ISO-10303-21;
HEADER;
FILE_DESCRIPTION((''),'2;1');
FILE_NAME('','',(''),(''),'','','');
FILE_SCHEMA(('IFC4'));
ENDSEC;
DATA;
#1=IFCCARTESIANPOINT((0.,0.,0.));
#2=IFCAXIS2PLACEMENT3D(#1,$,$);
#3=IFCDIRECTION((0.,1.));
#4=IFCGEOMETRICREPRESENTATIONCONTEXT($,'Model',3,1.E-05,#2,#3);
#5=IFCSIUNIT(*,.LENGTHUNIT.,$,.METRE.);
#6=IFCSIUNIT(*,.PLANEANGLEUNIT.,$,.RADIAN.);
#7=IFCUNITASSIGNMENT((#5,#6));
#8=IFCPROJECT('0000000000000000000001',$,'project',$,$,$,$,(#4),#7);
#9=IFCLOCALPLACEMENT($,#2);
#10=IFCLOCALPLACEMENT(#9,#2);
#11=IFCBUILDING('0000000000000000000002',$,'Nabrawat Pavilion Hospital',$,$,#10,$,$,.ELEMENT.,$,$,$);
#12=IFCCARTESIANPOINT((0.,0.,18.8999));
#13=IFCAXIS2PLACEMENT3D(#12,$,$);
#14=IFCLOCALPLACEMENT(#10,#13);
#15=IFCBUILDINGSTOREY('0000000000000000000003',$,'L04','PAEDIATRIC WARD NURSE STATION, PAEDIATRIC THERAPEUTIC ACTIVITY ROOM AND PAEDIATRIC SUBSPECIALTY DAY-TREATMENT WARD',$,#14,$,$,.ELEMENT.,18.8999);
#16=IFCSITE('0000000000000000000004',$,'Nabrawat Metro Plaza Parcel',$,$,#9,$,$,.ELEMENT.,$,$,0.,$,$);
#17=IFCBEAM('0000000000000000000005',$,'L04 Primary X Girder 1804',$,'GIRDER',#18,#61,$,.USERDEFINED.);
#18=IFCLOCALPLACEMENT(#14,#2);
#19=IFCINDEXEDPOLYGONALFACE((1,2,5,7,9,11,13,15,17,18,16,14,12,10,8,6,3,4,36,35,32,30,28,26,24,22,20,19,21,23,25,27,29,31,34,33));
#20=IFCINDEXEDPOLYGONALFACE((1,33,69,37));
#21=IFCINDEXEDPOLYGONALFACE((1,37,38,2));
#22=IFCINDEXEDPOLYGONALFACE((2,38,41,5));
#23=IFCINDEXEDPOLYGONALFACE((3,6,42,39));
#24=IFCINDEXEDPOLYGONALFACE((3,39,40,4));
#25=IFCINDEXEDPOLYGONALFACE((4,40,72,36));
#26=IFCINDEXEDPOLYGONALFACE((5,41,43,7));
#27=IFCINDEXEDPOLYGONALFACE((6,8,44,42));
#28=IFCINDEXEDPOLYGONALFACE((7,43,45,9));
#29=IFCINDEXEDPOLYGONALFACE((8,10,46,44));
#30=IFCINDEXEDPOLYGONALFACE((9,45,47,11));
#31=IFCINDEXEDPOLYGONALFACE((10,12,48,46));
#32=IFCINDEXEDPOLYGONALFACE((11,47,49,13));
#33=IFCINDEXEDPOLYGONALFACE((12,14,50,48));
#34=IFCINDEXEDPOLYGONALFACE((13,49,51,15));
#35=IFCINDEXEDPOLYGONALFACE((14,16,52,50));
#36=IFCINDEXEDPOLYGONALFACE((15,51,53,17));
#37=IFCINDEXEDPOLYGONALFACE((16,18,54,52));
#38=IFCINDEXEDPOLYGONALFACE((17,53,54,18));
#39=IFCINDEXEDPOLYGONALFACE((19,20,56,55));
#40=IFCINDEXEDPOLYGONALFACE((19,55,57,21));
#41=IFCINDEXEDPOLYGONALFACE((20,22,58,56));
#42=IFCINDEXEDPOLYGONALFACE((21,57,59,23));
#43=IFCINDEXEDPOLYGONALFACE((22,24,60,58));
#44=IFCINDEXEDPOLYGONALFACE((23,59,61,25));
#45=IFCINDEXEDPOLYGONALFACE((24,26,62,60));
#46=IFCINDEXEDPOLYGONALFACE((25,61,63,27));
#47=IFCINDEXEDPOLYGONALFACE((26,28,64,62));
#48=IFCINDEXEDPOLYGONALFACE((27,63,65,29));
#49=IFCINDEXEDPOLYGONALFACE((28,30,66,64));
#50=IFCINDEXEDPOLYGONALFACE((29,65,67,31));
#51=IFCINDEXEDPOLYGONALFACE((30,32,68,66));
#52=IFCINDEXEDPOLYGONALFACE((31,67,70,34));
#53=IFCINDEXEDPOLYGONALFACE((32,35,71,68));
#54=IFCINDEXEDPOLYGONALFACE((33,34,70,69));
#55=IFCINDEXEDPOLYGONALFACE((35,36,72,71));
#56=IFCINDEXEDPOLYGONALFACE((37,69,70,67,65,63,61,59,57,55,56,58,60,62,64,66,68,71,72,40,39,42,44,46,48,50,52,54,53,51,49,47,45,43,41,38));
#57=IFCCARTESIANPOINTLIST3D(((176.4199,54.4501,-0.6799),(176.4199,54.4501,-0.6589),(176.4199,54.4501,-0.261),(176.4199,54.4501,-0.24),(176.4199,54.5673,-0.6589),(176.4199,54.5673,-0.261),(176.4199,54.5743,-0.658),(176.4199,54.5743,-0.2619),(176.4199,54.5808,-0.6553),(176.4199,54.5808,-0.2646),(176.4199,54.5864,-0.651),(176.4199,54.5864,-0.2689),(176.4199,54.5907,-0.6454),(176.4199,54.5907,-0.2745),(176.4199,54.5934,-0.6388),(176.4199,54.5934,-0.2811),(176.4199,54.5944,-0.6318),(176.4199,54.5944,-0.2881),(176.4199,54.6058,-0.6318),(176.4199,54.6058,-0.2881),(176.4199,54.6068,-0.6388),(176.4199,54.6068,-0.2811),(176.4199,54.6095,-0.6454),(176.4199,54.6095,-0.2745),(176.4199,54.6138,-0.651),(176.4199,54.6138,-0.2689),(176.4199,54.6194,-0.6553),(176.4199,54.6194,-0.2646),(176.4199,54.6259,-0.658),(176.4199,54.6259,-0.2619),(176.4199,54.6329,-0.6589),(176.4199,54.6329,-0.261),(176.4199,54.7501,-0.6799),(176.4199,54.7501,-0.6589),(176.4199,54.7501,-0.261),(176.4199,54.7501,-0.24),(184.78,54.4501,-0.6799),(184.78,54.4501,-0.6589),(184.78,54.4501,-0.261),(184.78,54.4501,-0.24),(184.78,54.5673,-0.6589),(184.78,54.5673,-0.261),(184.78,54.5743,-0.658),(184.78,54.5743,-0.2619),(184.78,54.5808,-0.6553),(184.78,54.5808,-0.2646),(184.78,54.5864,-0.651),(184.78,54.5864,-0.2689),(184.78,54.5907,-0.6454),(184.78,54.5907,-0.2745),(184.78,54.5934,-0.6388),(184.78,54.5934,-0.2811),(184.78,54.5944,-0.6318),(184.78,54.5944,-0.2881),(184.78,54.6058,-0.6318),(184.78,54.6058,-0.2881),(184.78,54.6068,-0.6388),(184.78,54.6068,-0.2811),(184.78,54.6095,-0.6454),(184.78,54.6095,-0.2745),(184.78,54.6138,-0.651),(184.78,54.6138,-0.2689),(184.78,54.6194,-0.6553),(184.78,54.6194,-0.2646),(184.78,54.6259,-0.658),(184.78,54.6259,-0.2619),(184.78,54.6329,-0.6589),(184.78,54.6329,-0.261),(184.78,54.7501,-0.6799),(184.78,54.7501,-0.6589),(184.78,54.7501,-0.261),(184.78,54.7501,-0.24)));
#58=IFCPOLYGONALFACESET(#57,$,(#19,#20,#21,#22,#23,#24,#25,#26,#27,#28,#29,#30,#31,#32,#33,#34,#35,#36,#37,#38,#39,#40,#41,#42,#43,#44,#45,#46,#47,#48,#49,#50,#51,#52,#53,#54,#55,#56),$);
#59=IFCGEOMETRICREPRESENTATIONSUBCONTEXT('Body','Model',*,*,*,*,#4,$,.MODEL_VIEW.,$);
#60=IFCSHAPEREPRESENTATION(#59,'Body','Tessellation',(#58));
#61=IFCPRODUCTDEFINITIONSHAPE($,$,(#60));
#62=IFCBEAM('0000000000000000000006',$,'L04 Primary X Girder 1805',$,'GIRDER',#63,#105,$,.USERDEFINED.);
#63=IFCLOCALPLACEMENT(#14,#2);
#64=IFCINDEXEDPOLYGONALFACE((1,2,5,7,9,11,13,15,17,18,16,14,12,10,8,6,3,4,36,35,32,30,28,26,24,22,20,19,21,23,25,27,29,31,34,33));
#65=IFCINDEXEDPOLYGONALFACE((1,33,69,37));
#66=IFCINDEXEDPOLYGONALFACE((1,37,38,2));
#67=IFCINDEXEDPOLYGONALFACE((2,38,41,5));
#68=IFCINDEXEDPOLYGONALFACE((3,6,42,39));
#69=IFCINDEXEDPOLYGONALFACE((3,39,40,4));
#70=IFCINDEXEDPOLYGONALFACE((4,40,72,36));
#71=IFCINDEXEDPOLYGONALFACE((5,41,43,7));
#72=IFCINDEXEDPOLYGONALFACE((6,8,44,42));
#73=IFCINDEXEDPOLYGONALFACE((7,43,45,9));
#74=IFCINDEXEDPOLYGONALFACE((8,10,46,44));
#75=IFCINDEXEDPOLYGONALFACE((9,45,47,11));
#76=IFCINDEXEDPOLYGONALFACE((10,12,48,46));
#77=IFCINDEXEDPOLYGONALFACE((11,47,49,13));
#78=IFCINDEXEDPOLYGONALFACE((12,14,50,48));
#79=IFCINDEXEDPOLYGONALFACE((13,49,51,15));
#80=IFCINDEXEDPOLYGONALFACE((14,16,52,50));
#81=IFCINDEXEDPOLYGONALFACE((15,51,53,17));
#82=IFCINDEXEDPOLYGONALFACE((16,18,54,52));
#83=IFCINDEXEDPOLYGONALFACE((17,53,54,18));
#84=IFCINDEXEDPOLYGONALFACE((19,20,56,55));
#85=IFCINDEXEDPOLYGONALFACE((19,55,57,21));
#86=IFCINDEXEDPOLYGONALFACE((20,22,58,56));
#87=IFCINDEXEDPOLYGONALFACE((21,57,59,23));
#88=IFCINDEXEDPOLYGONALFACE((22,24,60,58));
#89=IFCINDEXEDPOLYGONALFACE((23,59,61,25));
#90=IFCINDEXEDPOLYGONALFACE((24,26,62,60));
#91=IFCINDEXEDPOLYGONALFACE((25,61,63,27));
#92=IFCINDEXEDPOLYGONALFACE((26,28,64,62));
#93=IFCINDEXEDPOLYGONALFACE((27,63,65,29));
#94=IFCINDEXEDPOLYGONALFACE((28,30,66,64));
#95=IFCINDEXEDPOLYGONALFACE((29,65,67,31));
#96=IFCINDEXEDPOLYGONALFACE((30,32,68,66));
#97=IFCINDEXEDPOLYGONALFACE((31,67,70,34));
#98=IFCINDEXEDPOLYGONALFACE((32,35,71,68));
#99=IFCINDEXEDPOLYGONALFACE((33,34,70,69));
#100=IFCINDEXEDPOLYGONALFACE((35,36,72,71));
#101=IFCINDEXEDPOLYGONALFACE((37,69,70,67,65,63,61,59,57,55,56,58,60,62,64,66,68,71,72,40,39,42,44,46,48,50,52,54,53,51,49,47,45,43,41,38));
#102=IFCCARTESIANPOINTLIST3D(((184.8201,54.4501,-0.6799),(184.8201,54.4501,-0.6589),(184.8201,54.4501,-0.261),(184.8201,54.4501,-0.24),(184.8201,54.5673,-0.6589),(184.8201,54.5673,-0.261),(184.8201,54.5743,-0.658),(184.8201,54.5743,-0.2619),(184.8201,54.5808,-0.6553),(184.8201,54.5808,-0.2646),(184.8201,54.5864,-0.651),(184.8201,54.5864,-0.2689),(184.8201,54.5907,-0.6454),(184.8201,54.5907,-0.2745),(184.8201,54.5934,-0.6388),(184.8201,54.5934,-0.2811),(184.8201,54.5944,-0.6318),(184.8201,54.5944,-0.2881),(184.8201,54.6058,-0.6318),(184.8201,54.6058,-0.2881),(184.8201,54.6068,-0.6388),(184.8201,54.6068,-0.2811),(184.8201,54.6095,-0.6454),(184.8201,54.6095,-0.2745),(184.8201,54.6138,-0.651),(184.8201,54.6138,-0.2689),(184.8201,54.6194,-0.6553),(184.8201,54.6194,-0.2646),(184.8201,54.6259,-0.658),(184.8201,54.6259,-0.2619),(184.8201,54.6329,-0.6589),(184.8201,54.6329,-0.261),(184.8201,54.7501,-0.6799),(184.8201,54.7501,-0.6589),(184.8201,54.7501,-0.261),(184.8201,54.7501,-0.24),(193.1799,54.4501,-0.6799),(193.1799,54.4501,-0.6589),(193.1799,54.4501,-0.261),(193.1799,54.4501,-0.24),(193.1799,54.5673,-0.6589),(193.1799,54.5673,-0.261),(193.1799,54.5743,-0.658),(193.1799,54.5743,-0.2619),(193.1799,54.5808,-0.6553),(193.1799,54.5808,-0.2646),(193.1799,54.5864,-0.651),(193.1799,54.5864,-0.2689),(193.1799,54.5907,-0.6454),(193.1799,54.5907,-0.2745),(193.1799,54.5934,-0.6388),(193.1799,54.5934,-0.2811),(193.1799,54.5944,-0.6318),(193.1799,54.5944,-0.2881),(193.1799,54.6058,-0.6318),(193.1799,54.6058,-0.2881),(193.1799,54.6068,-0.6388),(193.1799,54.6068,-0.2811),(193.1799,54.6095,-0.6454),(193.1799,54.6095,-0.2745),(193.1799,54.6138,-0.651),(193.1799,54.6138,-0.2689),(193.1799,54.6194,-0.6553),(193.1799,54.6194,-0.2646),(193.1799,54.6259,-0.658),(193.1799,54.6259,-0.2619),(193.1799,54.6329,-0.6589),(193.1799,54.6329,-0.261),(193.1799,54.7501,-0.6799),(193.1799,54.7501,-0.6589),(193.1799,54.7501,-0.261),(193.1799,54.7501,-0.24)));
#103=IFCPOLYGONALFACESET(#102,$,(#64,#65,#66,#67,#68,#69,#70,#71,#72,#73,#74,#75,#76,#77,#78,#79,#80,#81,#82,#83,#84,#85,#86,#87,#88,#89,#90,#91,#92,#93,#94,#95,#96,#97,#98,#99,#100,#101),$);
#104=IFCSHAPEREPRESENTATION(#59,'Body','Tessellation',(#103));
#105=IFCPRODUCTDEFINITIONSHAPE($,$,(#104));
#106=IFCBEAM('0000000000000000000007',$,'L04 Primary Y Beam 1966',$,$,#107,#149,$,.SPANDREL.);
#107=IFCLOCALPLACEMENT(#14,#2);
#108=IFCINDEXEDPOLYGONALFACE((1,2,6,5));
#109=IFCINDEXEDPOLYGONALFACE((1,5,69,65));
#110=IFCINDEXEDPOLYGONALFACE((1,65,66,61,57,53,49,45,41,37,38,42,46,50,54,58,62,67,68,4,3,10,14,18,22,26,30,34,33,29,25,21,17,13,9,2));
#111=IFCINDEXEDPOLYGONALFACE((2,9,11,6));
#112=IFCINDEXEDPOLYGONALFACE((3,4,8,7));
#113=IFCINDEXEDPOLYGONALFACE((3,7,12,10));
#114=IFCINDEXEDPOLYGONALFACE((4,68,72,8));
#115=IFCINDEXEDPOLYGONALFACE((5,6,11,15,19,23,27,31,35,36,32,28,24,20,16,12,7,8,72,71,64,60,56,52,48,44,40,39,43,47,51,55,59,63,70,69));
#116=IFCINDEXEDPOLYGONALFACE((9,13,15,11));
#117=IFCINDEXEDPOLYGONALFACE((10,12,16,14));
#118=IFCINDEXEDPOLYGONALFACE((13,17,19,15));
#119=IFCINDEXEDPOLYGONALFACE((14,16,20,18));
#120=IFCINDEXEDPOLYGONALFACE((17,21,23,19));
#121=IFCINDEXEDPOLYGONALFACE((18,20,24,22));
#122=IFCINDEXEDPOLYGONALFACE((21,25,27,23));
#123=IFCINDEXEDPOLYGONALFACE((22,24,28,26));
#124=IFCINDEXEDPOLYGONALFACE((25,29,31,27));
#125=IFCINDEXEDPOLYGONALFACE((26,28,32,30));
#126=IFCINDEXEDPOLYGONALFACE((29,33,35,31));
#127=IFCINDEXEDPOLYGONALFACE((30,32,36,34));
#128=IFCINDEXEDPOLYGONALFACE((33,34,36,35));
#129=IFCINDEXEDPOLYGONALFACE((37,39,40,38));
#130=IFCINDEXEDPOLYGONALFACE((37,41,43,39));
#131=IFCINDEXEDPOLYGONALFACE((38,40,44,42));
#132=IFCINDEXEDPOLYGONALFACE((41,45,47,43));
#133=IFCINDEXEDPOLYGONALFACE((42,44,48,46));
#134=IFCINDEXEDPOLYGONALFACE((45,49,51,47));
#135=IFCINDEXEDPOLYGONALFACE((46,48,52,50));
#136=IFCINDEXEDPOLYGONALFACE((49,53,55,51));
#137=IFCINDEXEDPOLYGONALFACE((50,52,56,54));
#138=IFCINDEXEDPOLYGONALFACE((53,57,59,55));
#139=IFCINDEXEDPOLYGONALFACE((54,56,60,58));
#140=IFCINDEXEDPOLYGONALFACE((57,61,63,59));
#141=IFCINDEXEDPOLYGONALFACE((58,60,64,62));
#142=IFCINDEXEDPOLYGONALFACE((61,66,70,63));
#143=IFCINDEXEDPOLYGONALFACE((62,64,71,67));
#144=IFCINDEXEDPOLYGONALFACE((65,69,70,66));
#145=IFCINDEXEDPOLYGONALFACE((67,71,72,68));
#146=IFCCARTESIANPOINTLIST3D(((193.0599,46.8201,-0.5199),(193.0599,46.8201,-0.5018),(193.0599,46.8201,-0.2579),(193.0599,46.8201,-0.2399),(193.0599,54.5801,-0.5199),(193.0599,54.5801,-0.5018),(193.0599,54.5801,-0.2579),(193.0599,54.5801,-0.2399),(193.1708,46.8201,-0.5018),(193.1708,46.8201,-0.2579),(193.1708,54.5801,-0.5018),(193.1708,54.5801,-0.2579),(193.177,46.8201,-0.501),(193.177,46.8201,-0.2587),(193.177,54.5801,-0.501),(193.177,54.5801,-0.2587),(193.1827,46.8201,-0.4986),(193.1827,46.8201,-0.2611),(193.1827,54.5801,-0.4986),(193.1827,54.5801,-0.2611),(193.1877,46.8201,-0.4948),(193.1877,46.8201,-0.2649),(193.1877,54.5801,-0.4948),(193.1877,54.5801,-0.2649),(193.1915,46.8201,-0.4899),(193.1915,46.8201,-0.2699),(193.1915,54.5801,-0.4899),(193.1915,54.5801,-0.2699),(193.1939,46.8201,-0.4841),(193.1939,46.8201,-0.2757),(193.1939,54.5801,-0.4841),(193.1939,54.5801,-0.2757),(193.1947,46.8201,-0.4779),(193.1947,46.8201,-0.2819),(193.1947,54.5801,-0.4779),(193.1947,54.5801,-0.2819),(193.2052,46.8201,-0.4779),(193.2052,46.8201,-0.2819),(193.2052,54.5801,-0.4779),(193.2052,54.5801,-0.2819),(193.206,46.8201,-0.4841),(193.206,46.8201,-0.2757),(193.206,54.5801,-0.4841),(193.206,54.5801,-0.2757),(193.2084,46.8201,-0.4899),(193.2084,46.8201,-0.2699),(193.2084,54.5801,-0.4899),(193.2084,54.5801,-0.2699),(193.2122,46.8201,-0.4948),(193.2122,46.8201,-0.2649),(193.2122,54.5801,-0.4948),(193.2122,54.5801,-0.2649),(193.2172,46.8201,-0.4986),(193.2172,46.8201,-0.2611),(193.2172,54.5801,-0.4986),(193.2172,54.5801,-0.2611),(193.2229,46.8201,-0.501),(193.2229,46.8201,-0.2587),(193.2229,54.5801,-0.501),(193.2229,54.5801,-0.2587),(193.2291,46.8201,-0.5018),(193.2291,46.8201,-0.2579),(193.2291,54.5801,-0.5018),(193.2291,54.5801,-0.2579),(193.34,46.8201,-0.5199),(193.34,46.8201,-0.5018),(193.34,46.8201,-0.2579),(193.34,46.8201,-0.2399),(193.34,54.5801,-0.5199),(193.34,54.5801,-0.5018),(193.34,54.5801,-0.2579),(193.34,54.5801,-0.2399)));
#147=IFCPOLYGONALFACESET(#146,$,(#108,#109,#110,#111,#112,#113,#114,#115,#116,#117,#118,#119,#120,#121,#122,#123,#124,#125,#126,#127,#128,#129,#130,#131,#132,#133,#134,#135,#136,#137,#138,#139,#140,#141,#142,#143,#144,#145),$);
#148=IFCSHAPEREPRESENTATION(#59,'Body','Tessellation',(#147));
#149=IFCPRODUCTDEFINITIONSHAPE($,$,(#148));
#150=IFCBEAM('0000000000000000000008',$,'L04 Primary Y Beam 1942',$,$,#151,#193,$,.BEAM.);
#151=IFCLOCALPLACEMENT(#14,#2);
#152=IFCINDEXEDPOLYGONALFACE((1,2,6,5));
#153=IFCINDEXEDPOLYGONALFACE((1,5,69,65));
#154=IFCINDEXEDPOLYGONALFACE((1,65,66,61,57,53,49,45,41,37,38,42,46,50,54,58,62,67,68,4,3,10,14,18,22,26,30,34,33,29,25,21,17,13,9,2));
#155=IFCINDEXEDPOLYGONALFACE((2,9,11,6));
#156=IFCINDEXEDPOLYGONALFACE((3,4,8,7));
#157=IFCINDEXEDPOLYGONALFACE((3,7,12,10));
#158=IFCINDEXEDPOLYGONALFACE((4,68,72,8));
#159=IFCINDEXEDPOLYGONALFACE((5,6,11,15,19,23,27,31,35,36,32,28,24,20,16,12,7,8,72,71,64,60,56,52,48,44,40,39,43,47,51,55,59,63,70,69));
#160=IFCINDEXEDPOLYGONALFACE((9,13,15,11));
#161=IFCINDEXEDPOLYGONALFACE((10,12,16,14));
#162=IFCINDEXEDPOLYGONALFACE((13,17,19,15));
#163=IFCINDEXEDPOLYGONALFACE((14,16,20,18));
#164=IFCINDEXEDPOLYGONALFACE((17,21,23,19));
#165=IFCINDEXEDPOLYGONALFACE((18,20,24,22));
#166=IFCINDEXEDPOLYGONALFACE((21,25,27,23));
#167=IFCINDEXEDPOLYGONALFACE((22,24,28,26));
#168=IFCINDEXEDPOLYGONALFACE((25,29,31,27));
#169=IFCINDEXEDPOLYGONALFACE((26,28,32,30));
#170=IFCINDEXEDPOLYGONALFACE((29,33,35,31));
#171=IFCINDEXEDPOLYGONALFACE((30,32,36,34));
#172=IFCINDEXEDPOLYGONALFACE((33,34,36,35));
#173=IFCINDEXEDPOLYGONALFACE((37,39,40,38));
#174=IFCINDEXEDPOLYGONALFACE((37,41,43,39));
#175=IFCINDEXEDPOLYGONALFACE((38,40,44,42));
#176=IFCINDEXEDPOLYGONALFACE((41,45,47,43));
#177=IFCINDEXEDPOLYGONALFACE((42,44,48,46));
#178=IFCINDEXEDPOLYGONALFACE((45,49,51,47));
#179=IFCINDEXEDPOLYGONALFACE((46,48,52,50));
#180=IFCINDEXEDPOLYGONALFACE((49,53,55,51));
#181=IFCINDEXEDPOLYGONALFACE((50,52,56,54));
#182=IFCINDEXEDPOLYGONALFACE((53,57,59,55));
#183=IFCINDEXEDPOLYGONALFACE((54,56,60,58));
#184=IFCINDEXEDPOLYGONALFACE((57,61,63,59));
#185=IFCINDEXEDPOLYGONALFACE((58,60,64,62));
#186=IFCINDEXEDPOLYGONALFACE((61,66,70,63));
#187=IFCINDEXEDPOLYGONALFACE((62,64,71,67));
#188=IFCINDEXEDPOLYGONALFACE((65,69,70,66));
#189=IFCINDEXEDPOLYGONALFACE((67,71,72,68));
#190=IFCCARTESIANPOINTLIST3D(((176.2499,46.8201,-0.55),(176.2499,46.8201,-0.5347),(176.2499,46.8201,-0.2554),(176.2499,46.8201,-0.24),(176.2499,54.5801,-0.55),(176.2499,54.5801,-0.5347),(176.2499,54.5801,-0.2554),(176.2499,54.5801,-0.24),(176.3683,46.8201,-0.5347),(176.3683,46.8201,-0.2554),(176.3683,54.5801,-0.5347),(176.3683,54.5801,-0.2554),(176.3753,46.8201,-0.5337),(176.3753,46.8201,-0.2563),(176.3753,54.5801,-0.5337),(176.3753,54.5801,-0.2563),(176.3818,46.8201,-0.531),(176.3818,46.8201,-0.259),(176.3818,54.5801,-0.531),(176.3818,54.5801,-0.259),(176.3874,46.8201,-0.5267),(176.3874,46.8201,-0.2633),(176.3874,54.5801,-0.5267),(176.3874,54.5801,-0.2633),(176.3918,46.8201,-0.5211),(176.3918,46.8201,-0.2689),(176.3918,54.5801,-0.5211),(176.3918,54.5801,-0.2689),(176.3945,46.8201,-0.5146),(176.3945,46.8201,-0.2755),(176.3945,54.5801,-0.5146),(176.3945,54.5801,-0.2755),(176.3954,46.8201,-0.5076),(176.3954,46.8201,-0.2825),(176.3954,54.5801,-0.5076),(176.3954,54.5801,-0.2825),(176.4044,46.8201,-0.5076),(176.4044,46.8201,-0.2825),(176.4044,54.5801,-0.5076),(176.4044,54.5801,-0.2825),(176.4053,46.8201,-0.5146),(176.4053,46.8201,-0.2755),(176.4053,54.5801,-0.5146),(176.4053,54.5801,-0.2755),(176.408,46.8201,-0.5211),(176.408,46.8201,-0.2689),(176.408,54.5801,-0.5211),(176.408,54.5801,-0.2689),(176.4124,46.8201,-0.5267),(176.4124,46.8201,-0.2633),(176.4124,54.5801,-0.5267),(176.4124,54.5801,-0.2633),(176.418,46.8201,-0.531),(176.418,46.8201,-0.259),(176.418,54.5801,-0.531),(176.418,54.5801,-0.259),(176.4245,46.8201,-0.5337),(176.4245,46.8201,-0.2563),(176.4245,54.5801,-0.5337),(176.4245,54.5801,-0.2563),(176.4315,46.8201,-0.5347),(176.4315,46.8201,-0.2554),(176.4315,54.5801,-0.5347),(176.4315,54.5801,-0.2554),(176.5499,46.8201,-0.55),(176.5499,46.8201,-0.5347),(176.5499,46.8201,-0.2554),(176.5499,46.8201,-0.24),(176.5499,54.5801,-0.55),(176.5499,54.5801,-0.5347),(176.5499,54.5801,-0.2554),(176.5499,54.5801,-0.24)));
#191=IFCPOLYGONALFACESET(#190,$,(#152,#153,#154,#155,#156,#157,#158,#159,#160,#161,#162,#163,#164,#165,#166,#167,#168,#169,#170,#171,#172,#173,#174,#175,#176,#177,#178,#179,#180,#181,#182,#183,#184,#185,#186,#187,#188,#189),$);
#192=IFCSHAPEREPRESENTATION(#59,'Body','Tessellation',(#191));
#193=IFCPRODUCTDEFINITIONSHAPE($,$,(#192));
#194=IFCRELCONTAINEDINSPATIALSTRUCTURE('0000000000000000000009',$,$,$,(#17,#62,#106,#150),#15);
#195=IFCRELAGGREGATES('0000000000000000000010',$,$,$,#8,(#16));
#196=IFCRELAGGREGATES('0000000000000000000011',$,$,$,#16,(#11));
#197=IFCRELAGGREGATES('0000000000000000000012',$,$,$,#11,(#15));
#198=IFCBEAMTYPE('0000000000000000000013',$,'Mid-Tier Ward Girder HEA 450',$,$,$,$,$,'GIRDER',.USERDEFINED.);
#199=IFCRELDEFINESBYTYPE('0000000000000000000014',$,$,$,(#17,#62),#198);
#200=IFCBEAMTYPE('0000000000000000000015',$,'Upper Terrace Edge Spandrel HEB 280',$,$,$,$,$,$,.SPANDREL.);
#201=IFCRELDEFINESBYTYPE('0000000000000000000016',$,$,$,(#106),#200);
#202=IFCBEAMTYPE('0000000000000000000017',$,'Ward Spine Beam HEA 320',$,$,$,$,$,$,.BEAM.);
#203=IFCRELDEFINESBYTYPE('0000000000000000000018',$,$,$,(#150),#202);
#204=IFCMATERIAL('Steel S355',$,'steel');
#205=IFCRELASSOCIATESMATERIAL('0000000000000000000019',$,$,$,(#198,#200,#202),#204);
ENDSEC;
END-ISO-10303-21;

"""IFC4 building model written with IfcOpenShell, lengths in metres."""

from ifc_helpers import new_model, si_unit, direction, frame, origin, origin_2d, place, context, subcontext, project, spatial, i_section, extrude, material, material_profile, profile_set, type_object, element, save


model = new_model("IFC4")

# Units and contexts
model_context = context("Model", 3, precision=1e-05, world=origin(), true_north=direction((0.0, 1.0)))
body_context = subcontext(model_context, "Body", "Model", "MODEL_VIEW")
ifc_project = project(units=[si_unit("LENGTHUNIT", "METRE"), si_unit("PLANEANGLEUNIT", "RADIAN")], contexts=[model_context])

# Site, building, storey
site_placement = place(None, origin())
site = spatial("IfcSite", under=ifc_project, at=site_placement, Name="Nabrawat Metro Plaza Parcel", CompositionType="ELEMENT", RefElevation=0.0)
building_placement = place(site_placement, origin())
building = spatial("IfcBuilding", under=site, at=building_placement, Name="Nabrawat Pavilion Hospital", CompositionType="ELEMENT")
storey_placement = place(building_placement, frame((0.0, 0.0, 18.8999)))
storey = spatial("IfcBuildingStorey", under=building, at=storey_placement, Name="L04", Description="PAEDIATRIC WARD NURSE STATION, PAEDIATRIC THERAPEUTIC ACTIVITY ROOM AND PAEDIATRIC SUBSPECIALTY DAY-TREATMENT WARD", CompositionType="ELEMENT", Elevation=18.8999)

# Shared definitions
ifc_material_1 = material(Name="Steel S355", Category="steel")

# Beams
ifc_material_profile_1 = material_profile(ifc_material_1, i_section(OverallWidth=0.3, OverallDepth=0.4399, WebThickness=0.0115, FlangeThickness=0.021, FilletRadius=0.0271, at=origin_2d()), Name="HEA 450")
ifc_profile_set_1 = profile_set([ifc_material_profile_1], Name="Steel S355")
beam_type_1 = type_object("IfcBeamType", Name="Mid-Tier Ward Girder HEA 450", ElementType="GIRDER", PredefinedType="USERDEFINED", material=ifc_profile_set_1)
beam_1_placement = place(storey_placement, frame((176.4199, 54.6001, -0.46), z_axis=(1.0, 0.0, 0.0), x_axis=(0.0, 1.0, 0.0)))
element("IfcBeam", 1, at=beam_1_placement, inside=storey, type_object=beam_type_1, Name="L04 Primary X Girder 1804", ObjectType="GIRDER", PredefinedType="USERDEFINED", context=body_context, shape_type="SweptSolid", body=[
    extrude(i_section(OverallWidth=0.3, OverallDepth=0.4399, WebThickness=0.0115, FlangeThickness=0.021, FilletRadius=0.0271, at=origin_2d()), origin(), (0.0, 0.0, 1.0), 8.3601),
])
beam_2_placement = place(storey_placement, frame((184.8201, 54.6001, -0.46), z_axis=(1.0, 0.0, 0.0), x_axis=(0.0, 1.0, 0.0)))
element("IfcBeam", 2, at=beam_2_placement, inside=storey, type_object=beam_type_1, Name="L04 Primary X Girder 1805", ObjectType="GIRDER", PredefinedType="USERDEFINED", context=body_context, shape_type="SweptSolid", body=[
    extrude(i_section(OverallWidth=0.3, OverallDepth=0.4399, WebThickness=0.0115, FlangeThickness=0.021, FilletRadius=0.0271, at=origin_2d()), origin(), (0.0, 0.0, 1.0), 8.3599),
])
ifc_material_profile_2 = material_profile(ifc_material_1, i_section(OverallWidth=0.28, OverallDepth=0.28, WebThickness=0.0105, FlangeThickness=0.0181, FilletRadius=0.0239, at=origin_2d()), Name="HEB 280")
ifc_profile_set_2 = profile_set([ifc_material_profile_2], Name="Steel S355")
beam_type_2 = type_object("IfcBeamType", Name="Upper Terrace Edge Spandrel HEB 280", PredefinedType="SPANDREL", material=ifc_profile_set_2)
beam_3_placement = place(storey_placement, frame((193.2, 46.8201, -0.3799), z_axis=(0.0, 1.0, 0.0), x_axis=(-1.0, 0.0, 0.0)))
element("IfcBeam", 3, at=beam_3_placement, inside=storey, type_object=beam_type_2, Name="L04 Primary Y Beam 1966", PredefinedType="SPANDREL", context=body_context, shape_type="SweptSolid", body=[
    extrude(i_section(OverallWidth=0.28, OverallDepth=0.28, WebThickness=0.0105, FlangeThickness=0.0181, FilletRadius=0.0239, at=origin_2d()), origin(), (0.0, 0.0, 1.0), 7.76),
])
ifc_material_profile_3 = material_profile(ifc_material_1, i_section(OverallWidth=0.3, OverallDepth=0.3101, WebThickness=0.009, FlangeThickness=0.0154, FilletRadius=0.0271, at=origin_2d()), Name="HEA 320")
ifc_profile_set_3 = profile_set([ifc_material_profile_3], Name="Steel S355")
beam_type_3 = type_object("IfcBeamType", Name="Ward Spine Beam HEA 320", PredefinedType="BEAM", material=ifc_profile_set_3)
for number, where, z_axis, x_axis, name in (
    (4, (176.3999, 46.8201, -0.395), (0.0, 1.0, 0.0), (-1.0, 0.0, 0.0), "L04 Primary Y Beam 1942"),
):
    element("IfcBeam", number, at=place(storey_placement, frame(where, z_axis=z_axis, x_axis=x_axis)), inside=storey, type_object=beam_type_3, Name=name, PredefinedType="BEAM", context=body_context, shape_type="SweptSolid", body=[
        extrude(i_section(OverallWidth=0.3, OverallDepth=0.3101, WebThickness=0.009, FlangeThickness=0.0154, FilletRadius=0.0271, at=origin_2d()), origin(), (0.0, 0.0, 1.0), 7.76),
    ])

save(model, "model.ifc")
